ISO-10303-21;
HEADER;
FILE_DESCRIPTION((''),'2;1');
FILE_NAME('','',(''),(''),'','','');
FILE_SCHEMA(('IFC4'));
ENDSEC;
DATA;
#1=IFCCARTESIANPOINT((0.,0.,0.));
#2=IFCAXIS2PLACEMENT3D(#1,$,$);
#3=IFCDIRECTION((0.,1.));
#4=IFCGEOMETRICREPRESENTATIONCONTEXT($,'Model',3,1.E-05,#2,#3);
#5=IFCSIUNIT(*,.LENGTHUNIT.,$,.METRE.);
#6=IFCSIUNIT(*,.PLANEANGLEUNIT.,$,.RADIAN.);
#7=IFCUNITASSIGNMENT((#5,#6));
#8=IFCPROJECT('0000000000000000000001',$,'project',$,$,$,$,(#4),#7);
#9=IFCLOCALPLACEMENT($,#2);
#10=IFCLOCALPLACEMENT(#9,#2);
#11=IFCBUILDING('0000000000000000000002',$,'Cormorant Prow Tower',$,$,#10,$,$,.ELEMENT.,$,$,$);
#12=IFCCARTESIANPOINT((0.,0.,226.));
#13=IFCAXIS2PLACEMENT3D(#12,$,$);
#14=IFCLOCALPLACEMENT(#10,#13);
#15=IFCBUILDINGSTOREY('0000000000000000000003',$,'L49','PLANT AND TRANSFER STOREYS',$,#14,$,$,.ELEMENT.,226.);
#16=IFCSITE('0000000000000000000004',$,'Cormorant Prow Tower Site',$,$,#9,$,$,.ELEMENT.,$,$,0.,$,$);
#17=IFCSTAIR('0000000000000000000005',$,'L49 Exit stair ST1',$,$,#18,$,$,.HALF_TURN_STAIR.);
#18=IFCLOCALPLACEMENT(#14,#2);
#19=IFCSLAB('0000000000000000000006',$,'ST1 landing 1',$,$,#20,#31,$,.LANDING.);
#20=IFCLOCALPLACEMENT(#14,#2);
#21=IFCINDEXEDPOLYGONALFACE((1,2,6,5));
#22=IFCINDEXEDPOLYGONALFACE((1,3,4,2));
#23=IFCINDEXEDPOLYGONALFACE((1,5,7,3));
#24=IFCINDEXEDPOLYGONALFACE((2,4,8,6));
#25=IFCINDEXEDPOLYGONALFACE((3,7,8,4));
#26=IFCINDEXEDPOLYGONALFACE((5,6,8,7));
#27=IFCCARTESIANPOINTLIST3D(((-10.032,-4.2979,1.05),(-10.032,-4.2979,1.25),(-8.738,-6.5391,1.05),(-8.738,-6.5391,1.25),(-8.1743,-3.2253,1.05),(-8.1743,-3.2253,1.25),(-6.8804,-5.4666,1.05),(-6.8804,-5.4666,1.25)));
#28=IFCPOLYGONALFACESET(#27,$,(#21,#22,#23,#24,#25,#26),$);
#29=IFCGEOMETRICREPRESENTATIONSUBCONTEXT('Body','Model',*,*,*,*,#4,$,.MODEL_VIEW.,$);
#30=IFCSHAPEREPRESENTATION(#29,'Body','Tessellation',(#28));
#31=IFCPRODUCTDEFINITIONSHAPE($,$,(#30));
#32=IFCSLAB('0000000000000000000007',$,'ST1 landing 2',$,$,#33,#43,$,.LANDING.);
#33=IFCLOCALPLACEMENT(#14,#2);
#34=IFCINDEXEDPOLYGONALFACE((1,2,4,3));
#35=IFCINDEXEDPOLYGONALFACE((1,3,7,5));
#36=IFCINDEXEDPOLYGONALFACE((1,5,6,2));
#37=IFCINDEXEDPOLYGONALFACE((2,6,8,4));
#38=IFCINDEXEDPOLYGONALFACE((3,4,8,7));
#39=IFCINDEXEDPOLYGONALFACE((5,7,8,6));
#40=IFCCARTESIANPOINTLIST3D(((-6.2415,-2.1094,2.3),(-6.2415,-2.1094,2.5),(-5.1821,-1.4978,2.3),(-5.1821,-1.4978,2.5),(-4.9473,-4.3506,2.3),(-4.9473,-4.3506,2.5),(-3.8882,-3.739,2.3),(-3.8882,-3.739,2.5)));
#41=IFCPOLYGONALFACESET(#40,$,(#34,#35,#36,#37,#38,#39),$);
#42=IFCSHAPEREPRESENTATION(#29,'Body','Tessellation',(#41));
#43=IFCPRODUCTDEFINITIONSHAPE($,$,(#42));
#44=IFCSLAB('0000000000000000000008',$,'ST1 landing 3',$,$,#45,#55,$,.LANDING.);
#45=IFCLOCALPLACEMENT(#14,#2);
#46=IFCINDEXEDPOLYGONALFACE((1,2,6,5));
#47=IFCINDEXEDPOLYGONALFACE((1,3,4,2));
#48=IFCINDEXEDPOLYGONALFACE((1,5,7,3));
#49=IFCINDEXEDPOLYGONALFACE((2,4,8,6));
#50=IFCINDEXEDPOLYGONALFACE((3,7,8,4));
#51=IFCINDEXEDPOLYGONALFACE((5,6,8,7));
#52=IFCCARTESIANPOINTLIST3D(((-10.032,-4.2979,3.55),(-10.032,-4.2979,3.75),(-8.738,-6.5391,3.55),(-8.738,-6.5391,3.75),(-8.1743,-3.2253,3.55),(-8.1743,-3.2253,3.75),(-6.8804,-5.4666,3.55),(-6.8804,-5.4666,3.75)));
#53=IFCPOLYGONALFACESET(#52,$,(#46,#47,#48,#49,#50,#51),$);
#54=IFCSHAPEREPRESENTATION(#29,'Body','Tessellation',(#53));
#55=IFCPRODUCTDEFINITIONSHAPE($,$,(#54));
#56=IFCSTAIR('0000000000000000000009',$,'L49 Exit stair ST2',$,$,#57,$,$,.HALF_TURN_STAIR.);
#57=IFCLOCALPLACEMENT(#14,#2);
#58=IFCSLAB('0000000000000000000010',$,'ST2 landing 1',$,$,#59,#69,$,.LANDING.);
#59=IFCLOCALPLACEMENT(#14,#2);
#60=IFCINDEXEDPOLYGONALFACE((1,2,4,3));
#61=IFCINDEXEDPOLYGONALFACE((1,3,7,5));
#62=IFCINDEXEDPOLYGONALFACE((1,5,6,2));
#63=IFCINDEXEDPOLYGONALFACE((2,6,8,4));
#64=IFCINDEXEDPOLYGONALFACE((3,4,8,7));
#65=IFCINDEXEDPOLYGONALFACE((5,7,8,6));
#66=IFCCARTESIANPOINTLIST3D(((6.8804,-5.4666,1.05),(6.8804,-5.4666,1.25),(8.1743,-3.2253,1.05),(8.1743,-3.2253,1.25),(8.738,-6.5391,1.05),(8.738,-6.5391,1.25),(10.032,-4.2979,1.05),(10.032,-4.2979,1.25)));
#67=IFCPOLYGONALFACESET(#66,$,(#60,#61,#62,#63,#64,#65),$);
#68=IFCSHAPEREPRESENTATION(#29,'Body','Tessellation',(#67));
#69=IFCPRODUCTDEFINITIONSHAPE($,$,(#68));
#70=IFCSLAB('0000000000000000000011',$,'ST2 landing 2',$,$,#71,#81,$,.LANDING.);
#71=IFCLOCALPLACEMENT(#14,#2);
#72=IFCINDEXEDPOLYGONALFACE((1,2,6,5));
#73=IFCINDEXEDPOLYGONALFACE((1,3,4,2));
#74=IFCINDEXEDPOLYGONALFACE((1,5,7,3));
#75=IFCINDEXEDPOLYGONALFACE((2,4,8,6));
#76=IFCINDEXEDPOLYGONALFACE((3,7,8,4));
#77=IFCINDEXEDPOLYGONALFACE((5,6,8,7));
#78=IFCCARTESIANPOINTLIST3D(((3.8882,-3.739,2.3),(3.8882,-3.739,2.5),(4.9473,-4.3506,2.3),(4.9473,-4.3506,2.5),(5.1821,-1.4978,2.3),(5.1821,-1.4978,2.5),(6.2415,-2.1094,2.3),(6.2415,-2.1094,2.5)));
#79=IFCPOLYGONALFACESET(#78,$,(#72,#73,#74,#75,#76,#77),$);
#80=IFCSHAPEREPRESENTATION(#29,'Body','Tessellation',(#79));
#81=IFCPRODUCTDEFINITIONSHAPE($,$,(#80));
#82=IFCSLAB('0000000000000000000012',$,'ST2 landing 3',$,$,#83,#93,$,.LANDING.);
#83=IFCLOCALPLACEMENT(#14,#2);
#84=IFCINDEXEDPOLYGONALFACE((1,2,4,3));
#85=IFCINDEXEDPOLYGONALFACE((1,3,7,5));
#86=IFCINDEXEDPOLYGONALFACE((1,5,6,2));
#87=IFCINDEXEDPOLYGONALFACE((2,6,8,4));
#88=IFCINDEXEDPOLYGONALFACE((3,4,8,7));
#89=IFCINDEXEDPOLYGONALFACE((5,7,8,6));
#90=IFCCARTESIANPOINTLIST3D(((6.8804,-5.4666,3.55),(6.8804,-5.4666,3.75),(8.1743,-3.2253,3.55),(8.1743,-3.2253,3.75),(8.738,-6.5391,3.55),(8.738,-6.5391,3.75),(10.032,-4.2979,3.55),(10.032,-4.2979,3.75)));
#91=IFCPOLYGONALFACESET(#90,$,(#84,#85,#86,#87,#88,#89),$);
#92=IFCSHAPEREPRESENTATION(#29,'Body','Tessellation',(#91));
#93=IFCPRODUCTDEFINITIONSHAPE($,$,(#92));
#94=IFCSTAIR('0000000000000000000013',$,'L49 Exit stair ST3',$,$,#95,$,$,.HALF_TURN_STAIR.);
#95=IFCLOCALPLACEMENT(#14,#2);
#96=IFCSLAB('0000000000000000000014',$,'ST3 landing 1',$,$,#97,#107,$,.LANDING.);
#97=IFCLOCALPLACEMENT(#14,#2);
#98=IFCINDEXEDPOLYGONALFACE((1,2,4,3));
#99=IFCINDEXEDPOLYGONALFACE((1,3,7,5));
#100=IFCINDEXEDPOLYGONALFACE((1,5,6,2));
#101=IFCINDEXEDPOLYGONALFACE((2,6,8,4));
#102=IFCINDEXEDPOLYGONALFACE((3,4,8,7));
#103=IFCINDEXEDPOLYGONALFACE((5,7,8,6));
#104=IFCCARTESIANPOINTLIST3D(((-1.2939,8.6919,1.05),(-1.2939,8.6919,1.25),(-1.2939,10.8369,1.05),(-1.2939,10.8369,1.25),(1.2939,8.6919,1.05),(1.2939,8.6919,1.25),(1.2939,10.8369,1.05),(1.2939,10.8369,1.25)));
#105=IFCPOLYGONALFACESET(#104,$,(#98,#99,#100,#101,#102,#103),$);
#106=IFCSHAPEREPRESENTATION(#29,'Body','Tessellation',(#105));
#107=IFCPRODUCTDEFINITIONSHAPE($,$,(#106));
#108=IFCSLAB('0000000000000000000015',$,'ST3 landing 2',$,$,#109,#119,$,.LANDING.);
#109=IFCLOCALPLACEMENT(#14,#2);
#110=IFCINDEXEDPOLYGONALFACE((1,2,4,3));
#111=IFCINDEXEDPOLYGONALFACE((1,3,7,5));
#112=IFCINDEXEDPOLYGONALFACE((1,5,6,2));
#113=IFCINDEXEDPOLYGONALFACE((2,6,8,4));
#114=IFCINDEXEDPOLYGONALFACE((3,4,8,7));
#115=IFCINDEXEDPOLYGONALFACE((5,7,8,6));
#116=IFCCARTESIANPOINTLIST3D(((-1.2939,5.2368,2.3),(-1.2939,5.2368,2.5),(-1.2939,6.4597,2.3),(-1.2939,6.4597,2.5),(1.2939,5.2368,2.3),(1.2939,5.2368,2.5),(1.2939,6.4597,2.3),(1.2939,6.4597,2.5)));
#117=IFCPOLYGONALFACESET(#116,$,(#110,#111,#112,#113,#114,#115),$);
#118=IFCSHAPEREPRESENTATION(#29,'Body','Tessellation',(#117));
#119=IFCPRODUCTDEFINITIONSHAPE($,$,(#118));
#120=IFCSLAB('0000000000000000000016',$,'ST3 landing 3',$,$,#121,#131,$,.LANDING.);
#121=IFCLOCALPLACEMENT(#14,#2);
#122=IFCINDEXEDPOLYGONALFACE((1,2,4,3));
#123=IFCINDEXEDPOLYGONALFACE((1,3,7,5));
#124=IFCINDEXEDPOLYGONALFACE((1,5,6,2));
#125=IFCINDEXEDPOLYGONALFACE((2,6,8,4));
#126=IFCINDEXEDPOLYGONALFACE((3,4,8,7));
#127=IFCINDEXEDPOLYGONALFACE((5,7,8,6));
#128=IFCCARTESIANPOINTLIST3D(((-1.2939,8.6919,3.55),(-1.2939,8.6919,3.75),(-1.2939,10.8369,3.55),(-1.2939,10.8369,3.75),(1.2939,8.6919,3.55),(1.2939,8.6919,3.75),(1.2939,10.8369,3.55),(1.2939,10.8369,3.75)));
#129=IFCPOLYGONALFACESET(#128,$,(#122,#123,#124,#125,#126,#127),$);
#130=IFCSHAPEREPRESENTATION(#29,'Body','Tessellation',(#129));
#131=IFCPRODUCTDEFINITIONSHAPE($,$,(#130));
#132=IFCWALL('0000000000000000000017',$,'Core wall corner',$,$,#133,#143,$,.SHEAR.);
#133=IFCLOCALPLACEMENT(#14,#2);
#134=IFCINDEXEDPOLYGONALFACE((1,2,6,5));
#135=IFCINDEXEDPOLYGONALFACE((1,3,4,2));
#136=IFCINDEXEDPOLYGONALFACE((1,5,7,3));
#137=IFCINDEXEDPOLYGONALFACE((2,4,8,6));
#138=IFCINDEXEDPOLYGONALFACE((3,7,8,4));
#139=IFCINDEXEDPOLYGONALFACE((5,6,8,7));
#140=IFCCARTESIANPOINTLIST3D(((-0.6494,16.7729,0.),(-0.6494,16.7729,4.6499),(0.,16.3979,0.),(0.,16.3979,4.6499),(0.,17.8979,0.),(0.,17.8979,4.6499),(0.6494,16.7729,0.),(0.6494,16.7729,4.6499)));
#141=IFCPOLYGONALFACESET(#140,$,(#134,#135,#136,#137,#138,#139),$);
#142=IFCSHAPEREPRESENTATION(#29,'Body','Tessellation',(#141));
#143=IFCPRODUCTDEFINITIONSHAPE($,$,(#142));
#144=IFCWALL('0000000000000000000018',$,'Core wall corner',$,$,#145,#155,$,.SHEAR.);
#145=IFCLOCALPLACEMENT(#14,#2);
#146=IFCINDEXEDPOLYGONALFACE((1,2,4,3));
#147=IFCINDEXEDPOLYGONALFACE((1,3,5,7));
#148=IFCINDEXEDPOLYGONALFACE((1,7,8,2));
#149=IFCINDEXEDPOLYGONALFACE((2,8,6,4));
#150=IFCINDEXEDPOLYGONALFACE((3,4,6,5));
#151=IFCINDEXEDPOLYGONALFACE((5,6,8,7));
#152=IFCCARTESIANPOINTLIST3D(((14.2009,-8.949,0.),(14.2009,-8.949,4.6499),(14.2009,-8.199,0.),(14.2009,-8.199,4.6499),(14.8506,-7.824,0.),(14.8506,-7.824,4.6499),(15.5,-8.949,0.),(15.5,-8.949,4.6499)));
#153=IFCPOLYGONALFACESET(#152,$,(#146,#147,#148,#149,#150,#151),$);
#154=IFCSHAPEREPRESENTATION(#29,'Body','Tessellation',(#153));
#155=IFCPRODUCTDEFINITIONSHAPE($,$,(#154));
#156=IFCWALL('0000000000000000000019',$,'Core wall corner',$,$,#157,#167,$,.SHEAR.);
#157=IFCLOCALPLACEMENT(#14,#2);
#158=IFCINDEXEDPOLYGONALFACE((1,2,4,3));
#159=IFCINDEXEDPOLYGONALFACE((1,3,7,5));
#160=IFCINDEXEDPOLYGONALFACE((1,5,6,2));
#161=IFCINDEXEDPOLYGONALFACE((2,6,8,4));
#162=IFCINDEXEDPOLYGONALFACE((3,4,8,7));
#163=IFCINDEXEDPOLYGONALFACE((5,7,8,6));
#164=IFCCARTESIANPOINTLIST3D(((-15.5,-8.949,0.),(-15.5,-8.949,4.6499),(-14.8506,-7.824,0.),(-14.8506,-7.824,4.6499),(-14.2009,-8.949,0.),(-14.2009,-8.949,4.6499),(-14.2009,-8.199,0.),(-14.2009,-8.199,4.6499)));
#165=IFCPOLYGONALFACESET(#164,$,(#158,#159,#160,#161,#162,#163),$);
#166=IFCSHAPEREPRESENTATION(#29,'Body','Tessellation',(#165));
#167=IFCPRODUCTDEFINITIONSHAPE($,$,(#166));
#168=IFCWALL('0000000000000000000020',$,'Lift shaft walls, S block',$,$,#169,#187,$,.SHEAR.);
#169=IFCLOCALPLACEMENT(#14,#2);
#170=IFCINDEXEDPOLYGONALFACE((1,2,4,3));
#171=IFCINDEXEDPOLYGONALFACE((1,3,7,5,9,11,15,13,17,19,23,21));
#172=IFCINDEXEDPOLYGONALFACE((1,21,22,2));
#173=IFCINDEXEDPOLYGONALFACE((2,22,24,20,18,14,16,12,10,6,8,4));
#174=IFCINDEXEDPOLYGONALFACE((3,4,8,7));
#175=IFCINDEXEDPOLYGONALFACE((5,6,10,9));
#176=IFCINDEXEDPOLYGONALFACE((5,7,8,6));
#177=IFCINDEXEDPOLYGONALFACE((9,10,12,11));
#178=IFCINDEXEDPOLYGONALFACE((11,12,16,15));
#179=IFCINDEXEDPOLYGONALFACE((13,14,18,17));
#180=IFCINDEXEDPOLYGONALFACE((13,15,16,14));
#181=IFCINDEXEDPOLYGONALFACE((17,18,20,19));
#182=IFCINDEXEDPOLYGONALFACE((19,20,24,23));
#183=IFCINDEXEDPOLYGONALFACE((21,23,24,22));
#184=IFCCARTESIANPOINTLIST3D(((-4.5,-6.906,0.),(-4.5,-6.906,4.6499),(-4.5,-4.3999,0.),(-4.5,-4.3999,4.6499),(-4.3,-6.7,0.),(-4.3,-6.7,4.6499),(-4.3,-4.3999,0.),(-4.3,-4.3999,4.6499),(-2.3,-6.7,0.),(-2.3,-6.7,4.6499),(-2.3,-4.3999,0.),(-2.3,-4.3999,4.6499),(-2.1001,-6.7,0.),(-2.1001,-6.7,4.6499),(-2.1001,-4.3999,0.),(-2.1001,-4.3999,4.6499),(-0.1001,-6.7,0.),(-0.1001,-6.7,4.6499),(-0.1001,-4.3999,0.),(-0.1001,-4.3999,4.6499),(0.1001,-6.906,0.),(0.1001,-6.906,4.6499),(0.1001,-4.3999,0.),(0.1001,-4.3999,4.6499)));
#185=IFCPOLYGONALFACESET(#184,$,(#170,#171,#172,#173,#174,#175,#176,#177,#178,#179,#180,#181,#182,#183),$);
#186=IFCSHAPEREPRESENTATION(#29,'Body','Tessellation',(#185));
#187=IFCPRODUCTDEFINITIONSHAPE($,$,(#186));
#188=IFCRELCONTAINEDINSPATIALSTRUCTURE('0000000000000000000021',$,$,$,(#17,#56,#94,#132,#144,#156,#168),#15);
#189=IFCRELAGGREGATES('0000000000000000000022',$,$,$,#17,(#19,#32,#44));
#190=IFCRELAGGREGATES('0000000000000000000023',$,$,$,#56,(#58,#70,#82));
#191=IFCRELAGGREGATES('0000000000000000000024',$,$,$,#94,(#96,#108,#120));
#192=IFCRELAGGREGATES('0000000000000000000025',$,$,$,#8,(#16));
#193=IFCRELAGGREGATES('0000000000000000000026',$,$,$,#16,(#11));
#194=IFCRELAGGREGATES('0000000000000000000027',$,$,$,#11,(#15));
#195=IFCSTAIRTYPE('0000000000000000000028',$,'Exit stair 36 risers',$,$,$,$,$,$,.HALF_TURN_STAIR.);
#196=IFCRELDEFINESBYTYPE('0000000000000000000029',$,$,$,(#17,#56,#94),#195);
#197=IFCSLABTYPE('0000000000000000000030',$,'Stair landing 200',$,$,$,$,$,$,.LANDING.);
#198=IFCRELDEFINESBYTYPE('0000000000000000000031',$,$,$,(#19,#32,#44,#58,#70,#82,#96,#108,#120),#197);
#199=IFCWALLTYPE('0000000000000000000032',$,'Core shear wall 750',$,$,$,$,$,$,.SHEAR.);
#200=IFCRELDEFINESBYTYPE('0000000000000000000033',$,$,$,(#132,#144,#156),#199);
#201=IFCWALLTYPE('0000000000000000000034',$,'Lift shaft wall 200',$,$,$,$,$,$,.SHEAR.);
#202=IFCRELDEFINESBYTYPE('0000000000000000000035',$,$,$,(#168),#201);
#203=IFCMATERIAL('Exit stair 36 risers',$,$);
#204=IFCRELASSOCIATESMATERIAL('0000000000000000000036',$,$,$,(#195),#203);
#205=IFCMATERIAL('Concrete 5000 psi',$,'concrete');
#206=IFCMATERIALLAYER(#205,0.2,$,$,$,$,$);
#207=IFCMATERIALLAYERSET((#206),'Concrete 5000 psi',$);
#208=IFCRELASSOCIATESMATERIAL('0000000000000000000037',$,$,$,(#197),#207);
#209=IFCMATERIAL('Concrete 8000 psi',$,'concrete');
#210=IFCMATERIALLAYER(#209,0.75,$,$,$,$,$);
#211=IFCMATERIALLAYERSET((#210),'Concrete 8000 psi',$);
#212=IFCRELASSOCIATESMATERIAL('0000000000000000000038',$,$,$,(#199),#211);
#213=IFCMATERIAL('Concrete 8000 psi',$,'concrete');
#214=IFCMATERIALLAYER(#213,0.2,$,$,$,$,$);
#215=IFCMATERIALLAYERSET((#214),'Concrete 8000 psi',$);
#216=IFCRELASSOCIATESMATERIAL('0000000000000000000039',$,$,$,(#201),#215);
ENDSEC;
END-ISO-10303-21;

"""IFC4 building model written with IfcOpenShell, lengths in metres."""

from ifc_helpers import new_model, si_unit, direction, frame, origin, place, context, subcontext, project, spatial, polyline, outline, extrude, material, layer, layer_set, type_object, element, aggregate, save


model = new_model("IFC4")

# Units and contexts
model_context = context("Model", 3, precision=1e-05, world=origin(), true_north=direction((0.0, 1.0)))
body_context = subcontext(model_context, "Body", "Model", "MODEL_VIEW")
ifc_project = project(units=[si_unit("LENGTHUNIT", "METRE"), si_unit("PLANEANGLEUNIT", "RADIAN")], contexts=[model_context])

# Site, building, storey
site_placement = place(None, origin())
site = spatial("IfcSite", under=ifc_project, at=site_placement, Name="Cormorant Prow Tower Site", CompositionType="ELEMENT", RefElevation=0.0)
building_placement = place(site_placement, origin())
building = spatial("IfcBuilding", under=site, at=building_placement, Name="Cormorant Prow Tower", CompositionType="ELEMENT")
storey_placement = place(building_placement, frame((0.0, 0.0, 226.0)))
storey = spatial("IfcBuildingStorey", under=building, at=storey_placement, Name="L49", Description="PLANT AND TRANSFER STOREYS", CompositionType="ELEMENT", Elevation=226.0)

# Stairs, slabs
ifc_material_1 = material(Name="Exit stair 36 risers")
stair_type = type_object("IfcStairType", Name="Exit stair 36 risers", PredefinedType="HALF_TURN_STAIR", material=ifc_material_1)
stair_1_placement = place(storey_placement, origin())
stair_1 = element("IfcStair", 1, at=stair_1_placement, inside=storey, type_object=stair_type, Name="L49 Exit stair ST1", PredefinedType="HALF_TURN_STAIR")
ifc_material_2 = material(Name="Concrete 5000 psi", Category="concrete")
ifc_layer_1 = layer(ifc_material_2, 0.2)
ifc_layer_set_1 = layer_set([ifc_layer_1], Name="Concrete 5000 psi")
slab_type = type_object("IfcSlabType", Name="Stair landing 200", PredefinedType="LANDING", material=ifc_layer_set_1)
slab_1_placement = place(storey_placement, frame((0.0, 0.0, 1.05)))
slab_1 = element("IfcSlab", 2, at=slab_1_placement, type_object=slab_type, Name="ST1 landing 1", PredefinedType="LANDING", context=body_context, shape_type="SweptSolid", body=[
    extrude(outline(polyline([(-8.1743, -3.2253), (-10.032, -4.2979), (-8.738, -6.5391), (-6.8804, -5.4666), (-8.1743, -3.2253)])), origin(), (0.0, 0.0, 1.0), 0.2),
])
slab_2_placement = place(storey_placement, frame((0.0, 0.0, 2.3)))
slab_2 = element("IfcSlab", 3, at=slab_2_placement, type_object=slab_type, Name="ST1 landing 2", PredefinedType="LANDING", context=body_context, shape_type="SweptSolid", body=[
    extrude(outline(polyline([(-5.1821, -1.4978), (-6.2415, -2.1094), (-4.9473, -4.3506), (-3.8882, -3.739), (-5.1821, -1.4978)])), origin(), (0.0, 0.0, 1.0), 0.2),
])
slab_3_placement = place(storey_placement, frame((0.0, 0.0, 3.55)))
slab_3 = element("IfcSlab", 4, at=slab_3_placement, type_object=slab_type, Name="ST1 landing 3", PredefinedType="LANDING", context=body_context, shape_type="SweptSolid", body=[
    extrude(outline(polyline([(-8.1743, -3.2253), (-10.032, -4.2979), (-8.738, -6.5391), (-6.8804, -5.4666), (-8.1743, -3.2253)])), origin(), (0.0, 0.0, 1.0), 0.2),
])
aggregate(stair_1, [slab_1, slab_2, slab_3])
stair_2_placement = place(storey_placement, origin())
stair_2 = element("IfcStair", 5, at=stair_2_placement, inside=storey, type_object=stair_type, Name="L49 Exit stair ST2", PredefinedType="HALF_TURN_STAIR")
slab_4_placement = place(storey_placement, frame((0.0, 0.0, 1.05)))
slab_4 = element("IfcSlab", 6, at=slab_4_placement, type_object=slab_type, Name="ST2 landing 1", PredefinedType="LANDING", context=body_context, shape_type="SweptSolid", body=[
    extrude(outline(polyline([(6.8804, -5.4666), (8.738, -6.5391), (10.032, -4.2979), (8.1743, -3.2253), (6.8804, -5.4666)])), origin(), (0.0, 0.0, 1.0), 0.2),
])
slab_5_placement = place(storey_placement, frame((0.0, 0.0, 2.3)))
slab_5 = element("IfcSlab", 7, at=slab_5_placement, type_object=slab_type, Name="ST2 landing 2", PredefinedType="LANDING", context=body_context, shape_type="SweptSolid", body=[
    extrude(outline(polyline([(3.8882, -3.739), (4.9473, -4.3506), (6.2415, -2.1094), (5.1821, -1.4978), (3.8882, -3.739)])), origin(), (0.0, 0.0, 1.0), 0.2),
])
slab_6_placement = place(storey_placement, frame((0.0, 0.0, 3.55)))
slab_6 = element("IfcSlab", 8, at=slab_6_placement, type_object=slab_type, Name="ST2 landing 3", PredefinedType="LANDING", context=body_context, shape_type="SweptSolid", body=[
    extrude(outline(polyline([(6.8804, -5.4666), (8.738, -6.5391), (10.032, -4.2979), (8.1743, -3.2253), (6.8804, -5.4666)])), origin(), (0.0, 0.0, 1.0), 0.2),
])
aggregate(stair_2, [slab_4, slab_5, slab_6])
stair_3_placement = place(storey_placement, origin())
stair_3 = element("IfcStair", 9, at=stair_3_placement, inside=storey, type_object=stair_type, Name="L49 Exit stair ST3", PredefinedType="HALF_TURN_STAIR")
slab_7_placement = place(storey_placement, frame((0.0, 0.0, 1.05)))
slab_7 = element("IfcSlab", 10, at=slab_7_placement, type_object=slab_type, Name="ST3 landing 1", PredefinedType="LANDING", context=body_context, shape_type="SweptSolid", body=[
    extrude(outline(polyline([(1.2939, 8.6919), (1.2939, 10.8369), (-1.2939, 10.8369), (-1.2939, 8.6919), (1.2939, 8.6919)])), origin(), (0.0, 0.0, 1.0), 0.2),
])
slab_8_placement = place(storey_placement, frame((0.0, 0.0, 2.3)))
slab_8 = element("IfcSlab", 11, at=slab_8_placement, type_object=slab_type, Name="ST3 landing 2", PredefinedType="LANDING", context=body_context, shape_type="SweptSolid", body=[
    extrude(outline(polyline([(1.2939, 5.2368), (1.2939, 6.4597), (-1.2939, 6.4597), (-1.2939, 5.2368), (1.2939, 5.2368)])), origin(), (0.0, 0.0, 1.0), 0.2),
])
slab_9_placement = place(storey_placement, frame((0.0, 0.0, 3.55)))
slab_9 = element("IfcSlab", 12, at=slab_9_placement, type_object=slab_type, Name="ST3 landing 3", PredefinedType="LANDING", context=body_context, shape_type="SweptSolid", body=[
    extrude(outline(polyline([(1.2939, 8.6919), (1.2939, 10.8369), (-1.2939, 10.8369), (-1.2939, 8.6919), (1.2939, 8.6919)])), origin(), (0.0, 0.0, 1.0), 0.2),
])

# Walls
ifc_material_3 = material(Name="Concrete 8000 psi", Category="concrete")
ifc_layer_2 = layer(ifc_material_3, 0.75)
ifc_layer_set_2 = layer_set([ifc_layer_2], Name="Concrete 8000 psi")
wall_type_1 = type_object("IfcWallType", Name="Core shear wall 750", PredefinedType="SHEAR", material=ifc_layer_set_2)
wall_1_placement = place(storey_placement, origin())
element("IfcWall", 13, at=wall_1_placement, inside=storey, type_object=wall_type_1, Name="Core wall corner", PredefinedType="SHEAR", context=body_context, shape_type="SweptSolid", body=[
    extrude(outline(polyline([(-0.6494, 16.7729), (0.0, 17.8979), (0.6494, 16.7729), (0.0, 16.3979), (-0.6494, 16.7729)])), origin(), (0.0, 0.0, 1.0), 4.6499),
])
wall_2_placement = place(storey_placement, origin())
element("IfcWall", 14, at=wall_2_placement, inside=storey, type_object=wall_type_1, Name="Core wall corner", PredefinedType="SHEAR", context=body_context, shape_type="SweptSolid", body=[
    extrude(outline(polyline([(14.2009, -8.949), (14.2009, -8.199), (14.8506, -7.824), (15.5, -8.949), (14.2009, -8.949)])), origin(), (0.0, 0.0, 1.0), 4.6499),
])
wall_3_placement = place(storey_placement, origin())
element("IfcWall", 15, at=wall_3_placement, inside=storey, type_object=wall_type_1, Name="Core wall corner", PredefinedType="SHEAR", context=body_context, shape_type="SweptSolid", body=[
    extrude(outline(polyline([(-14.8506, -7.824), (-14.2009, -8.199), (-14.2009, -8.949), (-15.5, -8.949), (-14.8506, -7.824)])), origin(), (0.0, 0.0, 1.0), 4.6499),
])
ifc_material_4 = material(Name="Concrete 8000 psi", Category="concrete")
ifc_layer_3 = layer(ifc_material_4, 0.2)
ifc_layer_set_3 = layer_set([ifc_layer_3], Name="Concrete 8000 psi")
wall_type_2 = type_object("IfcWallType", Name="Lift shaft wall 200", PredefinedType="SHEAR", material=ifc_layer_set_3)
wall_4_placement = place(storey_placement, origin())
element("IfcWall", 16, at=wall_4_placement, inside=storey, type_object=wall_type_2, Name="Lift shaft walls, S block", PredefinedType="SHEAR", context=body_context, shape_type="SweptSolid", body=[
    extrude(outline(polyline([(0.1001, -4.3999), (0.1001, -6.906), (-4.5, -6.906), (-4.5, -4.3999), (-4.3, -4.3999), (-4.3, -6.7), (-2.3, -6.7), (-2.3, -4.3999), (-2.1001, -4.3999), (-2.1001, -6.7), (-0.1001, -6.7), (-0.1001, -4.3999), (0.1001, -4.3999)])), origin(), (0.0, 0.0, 1.0), 4.6499),
])

aggregate(stair_3, [slab_7, slab_8, slab_9])

save(model, "model.ifc")
